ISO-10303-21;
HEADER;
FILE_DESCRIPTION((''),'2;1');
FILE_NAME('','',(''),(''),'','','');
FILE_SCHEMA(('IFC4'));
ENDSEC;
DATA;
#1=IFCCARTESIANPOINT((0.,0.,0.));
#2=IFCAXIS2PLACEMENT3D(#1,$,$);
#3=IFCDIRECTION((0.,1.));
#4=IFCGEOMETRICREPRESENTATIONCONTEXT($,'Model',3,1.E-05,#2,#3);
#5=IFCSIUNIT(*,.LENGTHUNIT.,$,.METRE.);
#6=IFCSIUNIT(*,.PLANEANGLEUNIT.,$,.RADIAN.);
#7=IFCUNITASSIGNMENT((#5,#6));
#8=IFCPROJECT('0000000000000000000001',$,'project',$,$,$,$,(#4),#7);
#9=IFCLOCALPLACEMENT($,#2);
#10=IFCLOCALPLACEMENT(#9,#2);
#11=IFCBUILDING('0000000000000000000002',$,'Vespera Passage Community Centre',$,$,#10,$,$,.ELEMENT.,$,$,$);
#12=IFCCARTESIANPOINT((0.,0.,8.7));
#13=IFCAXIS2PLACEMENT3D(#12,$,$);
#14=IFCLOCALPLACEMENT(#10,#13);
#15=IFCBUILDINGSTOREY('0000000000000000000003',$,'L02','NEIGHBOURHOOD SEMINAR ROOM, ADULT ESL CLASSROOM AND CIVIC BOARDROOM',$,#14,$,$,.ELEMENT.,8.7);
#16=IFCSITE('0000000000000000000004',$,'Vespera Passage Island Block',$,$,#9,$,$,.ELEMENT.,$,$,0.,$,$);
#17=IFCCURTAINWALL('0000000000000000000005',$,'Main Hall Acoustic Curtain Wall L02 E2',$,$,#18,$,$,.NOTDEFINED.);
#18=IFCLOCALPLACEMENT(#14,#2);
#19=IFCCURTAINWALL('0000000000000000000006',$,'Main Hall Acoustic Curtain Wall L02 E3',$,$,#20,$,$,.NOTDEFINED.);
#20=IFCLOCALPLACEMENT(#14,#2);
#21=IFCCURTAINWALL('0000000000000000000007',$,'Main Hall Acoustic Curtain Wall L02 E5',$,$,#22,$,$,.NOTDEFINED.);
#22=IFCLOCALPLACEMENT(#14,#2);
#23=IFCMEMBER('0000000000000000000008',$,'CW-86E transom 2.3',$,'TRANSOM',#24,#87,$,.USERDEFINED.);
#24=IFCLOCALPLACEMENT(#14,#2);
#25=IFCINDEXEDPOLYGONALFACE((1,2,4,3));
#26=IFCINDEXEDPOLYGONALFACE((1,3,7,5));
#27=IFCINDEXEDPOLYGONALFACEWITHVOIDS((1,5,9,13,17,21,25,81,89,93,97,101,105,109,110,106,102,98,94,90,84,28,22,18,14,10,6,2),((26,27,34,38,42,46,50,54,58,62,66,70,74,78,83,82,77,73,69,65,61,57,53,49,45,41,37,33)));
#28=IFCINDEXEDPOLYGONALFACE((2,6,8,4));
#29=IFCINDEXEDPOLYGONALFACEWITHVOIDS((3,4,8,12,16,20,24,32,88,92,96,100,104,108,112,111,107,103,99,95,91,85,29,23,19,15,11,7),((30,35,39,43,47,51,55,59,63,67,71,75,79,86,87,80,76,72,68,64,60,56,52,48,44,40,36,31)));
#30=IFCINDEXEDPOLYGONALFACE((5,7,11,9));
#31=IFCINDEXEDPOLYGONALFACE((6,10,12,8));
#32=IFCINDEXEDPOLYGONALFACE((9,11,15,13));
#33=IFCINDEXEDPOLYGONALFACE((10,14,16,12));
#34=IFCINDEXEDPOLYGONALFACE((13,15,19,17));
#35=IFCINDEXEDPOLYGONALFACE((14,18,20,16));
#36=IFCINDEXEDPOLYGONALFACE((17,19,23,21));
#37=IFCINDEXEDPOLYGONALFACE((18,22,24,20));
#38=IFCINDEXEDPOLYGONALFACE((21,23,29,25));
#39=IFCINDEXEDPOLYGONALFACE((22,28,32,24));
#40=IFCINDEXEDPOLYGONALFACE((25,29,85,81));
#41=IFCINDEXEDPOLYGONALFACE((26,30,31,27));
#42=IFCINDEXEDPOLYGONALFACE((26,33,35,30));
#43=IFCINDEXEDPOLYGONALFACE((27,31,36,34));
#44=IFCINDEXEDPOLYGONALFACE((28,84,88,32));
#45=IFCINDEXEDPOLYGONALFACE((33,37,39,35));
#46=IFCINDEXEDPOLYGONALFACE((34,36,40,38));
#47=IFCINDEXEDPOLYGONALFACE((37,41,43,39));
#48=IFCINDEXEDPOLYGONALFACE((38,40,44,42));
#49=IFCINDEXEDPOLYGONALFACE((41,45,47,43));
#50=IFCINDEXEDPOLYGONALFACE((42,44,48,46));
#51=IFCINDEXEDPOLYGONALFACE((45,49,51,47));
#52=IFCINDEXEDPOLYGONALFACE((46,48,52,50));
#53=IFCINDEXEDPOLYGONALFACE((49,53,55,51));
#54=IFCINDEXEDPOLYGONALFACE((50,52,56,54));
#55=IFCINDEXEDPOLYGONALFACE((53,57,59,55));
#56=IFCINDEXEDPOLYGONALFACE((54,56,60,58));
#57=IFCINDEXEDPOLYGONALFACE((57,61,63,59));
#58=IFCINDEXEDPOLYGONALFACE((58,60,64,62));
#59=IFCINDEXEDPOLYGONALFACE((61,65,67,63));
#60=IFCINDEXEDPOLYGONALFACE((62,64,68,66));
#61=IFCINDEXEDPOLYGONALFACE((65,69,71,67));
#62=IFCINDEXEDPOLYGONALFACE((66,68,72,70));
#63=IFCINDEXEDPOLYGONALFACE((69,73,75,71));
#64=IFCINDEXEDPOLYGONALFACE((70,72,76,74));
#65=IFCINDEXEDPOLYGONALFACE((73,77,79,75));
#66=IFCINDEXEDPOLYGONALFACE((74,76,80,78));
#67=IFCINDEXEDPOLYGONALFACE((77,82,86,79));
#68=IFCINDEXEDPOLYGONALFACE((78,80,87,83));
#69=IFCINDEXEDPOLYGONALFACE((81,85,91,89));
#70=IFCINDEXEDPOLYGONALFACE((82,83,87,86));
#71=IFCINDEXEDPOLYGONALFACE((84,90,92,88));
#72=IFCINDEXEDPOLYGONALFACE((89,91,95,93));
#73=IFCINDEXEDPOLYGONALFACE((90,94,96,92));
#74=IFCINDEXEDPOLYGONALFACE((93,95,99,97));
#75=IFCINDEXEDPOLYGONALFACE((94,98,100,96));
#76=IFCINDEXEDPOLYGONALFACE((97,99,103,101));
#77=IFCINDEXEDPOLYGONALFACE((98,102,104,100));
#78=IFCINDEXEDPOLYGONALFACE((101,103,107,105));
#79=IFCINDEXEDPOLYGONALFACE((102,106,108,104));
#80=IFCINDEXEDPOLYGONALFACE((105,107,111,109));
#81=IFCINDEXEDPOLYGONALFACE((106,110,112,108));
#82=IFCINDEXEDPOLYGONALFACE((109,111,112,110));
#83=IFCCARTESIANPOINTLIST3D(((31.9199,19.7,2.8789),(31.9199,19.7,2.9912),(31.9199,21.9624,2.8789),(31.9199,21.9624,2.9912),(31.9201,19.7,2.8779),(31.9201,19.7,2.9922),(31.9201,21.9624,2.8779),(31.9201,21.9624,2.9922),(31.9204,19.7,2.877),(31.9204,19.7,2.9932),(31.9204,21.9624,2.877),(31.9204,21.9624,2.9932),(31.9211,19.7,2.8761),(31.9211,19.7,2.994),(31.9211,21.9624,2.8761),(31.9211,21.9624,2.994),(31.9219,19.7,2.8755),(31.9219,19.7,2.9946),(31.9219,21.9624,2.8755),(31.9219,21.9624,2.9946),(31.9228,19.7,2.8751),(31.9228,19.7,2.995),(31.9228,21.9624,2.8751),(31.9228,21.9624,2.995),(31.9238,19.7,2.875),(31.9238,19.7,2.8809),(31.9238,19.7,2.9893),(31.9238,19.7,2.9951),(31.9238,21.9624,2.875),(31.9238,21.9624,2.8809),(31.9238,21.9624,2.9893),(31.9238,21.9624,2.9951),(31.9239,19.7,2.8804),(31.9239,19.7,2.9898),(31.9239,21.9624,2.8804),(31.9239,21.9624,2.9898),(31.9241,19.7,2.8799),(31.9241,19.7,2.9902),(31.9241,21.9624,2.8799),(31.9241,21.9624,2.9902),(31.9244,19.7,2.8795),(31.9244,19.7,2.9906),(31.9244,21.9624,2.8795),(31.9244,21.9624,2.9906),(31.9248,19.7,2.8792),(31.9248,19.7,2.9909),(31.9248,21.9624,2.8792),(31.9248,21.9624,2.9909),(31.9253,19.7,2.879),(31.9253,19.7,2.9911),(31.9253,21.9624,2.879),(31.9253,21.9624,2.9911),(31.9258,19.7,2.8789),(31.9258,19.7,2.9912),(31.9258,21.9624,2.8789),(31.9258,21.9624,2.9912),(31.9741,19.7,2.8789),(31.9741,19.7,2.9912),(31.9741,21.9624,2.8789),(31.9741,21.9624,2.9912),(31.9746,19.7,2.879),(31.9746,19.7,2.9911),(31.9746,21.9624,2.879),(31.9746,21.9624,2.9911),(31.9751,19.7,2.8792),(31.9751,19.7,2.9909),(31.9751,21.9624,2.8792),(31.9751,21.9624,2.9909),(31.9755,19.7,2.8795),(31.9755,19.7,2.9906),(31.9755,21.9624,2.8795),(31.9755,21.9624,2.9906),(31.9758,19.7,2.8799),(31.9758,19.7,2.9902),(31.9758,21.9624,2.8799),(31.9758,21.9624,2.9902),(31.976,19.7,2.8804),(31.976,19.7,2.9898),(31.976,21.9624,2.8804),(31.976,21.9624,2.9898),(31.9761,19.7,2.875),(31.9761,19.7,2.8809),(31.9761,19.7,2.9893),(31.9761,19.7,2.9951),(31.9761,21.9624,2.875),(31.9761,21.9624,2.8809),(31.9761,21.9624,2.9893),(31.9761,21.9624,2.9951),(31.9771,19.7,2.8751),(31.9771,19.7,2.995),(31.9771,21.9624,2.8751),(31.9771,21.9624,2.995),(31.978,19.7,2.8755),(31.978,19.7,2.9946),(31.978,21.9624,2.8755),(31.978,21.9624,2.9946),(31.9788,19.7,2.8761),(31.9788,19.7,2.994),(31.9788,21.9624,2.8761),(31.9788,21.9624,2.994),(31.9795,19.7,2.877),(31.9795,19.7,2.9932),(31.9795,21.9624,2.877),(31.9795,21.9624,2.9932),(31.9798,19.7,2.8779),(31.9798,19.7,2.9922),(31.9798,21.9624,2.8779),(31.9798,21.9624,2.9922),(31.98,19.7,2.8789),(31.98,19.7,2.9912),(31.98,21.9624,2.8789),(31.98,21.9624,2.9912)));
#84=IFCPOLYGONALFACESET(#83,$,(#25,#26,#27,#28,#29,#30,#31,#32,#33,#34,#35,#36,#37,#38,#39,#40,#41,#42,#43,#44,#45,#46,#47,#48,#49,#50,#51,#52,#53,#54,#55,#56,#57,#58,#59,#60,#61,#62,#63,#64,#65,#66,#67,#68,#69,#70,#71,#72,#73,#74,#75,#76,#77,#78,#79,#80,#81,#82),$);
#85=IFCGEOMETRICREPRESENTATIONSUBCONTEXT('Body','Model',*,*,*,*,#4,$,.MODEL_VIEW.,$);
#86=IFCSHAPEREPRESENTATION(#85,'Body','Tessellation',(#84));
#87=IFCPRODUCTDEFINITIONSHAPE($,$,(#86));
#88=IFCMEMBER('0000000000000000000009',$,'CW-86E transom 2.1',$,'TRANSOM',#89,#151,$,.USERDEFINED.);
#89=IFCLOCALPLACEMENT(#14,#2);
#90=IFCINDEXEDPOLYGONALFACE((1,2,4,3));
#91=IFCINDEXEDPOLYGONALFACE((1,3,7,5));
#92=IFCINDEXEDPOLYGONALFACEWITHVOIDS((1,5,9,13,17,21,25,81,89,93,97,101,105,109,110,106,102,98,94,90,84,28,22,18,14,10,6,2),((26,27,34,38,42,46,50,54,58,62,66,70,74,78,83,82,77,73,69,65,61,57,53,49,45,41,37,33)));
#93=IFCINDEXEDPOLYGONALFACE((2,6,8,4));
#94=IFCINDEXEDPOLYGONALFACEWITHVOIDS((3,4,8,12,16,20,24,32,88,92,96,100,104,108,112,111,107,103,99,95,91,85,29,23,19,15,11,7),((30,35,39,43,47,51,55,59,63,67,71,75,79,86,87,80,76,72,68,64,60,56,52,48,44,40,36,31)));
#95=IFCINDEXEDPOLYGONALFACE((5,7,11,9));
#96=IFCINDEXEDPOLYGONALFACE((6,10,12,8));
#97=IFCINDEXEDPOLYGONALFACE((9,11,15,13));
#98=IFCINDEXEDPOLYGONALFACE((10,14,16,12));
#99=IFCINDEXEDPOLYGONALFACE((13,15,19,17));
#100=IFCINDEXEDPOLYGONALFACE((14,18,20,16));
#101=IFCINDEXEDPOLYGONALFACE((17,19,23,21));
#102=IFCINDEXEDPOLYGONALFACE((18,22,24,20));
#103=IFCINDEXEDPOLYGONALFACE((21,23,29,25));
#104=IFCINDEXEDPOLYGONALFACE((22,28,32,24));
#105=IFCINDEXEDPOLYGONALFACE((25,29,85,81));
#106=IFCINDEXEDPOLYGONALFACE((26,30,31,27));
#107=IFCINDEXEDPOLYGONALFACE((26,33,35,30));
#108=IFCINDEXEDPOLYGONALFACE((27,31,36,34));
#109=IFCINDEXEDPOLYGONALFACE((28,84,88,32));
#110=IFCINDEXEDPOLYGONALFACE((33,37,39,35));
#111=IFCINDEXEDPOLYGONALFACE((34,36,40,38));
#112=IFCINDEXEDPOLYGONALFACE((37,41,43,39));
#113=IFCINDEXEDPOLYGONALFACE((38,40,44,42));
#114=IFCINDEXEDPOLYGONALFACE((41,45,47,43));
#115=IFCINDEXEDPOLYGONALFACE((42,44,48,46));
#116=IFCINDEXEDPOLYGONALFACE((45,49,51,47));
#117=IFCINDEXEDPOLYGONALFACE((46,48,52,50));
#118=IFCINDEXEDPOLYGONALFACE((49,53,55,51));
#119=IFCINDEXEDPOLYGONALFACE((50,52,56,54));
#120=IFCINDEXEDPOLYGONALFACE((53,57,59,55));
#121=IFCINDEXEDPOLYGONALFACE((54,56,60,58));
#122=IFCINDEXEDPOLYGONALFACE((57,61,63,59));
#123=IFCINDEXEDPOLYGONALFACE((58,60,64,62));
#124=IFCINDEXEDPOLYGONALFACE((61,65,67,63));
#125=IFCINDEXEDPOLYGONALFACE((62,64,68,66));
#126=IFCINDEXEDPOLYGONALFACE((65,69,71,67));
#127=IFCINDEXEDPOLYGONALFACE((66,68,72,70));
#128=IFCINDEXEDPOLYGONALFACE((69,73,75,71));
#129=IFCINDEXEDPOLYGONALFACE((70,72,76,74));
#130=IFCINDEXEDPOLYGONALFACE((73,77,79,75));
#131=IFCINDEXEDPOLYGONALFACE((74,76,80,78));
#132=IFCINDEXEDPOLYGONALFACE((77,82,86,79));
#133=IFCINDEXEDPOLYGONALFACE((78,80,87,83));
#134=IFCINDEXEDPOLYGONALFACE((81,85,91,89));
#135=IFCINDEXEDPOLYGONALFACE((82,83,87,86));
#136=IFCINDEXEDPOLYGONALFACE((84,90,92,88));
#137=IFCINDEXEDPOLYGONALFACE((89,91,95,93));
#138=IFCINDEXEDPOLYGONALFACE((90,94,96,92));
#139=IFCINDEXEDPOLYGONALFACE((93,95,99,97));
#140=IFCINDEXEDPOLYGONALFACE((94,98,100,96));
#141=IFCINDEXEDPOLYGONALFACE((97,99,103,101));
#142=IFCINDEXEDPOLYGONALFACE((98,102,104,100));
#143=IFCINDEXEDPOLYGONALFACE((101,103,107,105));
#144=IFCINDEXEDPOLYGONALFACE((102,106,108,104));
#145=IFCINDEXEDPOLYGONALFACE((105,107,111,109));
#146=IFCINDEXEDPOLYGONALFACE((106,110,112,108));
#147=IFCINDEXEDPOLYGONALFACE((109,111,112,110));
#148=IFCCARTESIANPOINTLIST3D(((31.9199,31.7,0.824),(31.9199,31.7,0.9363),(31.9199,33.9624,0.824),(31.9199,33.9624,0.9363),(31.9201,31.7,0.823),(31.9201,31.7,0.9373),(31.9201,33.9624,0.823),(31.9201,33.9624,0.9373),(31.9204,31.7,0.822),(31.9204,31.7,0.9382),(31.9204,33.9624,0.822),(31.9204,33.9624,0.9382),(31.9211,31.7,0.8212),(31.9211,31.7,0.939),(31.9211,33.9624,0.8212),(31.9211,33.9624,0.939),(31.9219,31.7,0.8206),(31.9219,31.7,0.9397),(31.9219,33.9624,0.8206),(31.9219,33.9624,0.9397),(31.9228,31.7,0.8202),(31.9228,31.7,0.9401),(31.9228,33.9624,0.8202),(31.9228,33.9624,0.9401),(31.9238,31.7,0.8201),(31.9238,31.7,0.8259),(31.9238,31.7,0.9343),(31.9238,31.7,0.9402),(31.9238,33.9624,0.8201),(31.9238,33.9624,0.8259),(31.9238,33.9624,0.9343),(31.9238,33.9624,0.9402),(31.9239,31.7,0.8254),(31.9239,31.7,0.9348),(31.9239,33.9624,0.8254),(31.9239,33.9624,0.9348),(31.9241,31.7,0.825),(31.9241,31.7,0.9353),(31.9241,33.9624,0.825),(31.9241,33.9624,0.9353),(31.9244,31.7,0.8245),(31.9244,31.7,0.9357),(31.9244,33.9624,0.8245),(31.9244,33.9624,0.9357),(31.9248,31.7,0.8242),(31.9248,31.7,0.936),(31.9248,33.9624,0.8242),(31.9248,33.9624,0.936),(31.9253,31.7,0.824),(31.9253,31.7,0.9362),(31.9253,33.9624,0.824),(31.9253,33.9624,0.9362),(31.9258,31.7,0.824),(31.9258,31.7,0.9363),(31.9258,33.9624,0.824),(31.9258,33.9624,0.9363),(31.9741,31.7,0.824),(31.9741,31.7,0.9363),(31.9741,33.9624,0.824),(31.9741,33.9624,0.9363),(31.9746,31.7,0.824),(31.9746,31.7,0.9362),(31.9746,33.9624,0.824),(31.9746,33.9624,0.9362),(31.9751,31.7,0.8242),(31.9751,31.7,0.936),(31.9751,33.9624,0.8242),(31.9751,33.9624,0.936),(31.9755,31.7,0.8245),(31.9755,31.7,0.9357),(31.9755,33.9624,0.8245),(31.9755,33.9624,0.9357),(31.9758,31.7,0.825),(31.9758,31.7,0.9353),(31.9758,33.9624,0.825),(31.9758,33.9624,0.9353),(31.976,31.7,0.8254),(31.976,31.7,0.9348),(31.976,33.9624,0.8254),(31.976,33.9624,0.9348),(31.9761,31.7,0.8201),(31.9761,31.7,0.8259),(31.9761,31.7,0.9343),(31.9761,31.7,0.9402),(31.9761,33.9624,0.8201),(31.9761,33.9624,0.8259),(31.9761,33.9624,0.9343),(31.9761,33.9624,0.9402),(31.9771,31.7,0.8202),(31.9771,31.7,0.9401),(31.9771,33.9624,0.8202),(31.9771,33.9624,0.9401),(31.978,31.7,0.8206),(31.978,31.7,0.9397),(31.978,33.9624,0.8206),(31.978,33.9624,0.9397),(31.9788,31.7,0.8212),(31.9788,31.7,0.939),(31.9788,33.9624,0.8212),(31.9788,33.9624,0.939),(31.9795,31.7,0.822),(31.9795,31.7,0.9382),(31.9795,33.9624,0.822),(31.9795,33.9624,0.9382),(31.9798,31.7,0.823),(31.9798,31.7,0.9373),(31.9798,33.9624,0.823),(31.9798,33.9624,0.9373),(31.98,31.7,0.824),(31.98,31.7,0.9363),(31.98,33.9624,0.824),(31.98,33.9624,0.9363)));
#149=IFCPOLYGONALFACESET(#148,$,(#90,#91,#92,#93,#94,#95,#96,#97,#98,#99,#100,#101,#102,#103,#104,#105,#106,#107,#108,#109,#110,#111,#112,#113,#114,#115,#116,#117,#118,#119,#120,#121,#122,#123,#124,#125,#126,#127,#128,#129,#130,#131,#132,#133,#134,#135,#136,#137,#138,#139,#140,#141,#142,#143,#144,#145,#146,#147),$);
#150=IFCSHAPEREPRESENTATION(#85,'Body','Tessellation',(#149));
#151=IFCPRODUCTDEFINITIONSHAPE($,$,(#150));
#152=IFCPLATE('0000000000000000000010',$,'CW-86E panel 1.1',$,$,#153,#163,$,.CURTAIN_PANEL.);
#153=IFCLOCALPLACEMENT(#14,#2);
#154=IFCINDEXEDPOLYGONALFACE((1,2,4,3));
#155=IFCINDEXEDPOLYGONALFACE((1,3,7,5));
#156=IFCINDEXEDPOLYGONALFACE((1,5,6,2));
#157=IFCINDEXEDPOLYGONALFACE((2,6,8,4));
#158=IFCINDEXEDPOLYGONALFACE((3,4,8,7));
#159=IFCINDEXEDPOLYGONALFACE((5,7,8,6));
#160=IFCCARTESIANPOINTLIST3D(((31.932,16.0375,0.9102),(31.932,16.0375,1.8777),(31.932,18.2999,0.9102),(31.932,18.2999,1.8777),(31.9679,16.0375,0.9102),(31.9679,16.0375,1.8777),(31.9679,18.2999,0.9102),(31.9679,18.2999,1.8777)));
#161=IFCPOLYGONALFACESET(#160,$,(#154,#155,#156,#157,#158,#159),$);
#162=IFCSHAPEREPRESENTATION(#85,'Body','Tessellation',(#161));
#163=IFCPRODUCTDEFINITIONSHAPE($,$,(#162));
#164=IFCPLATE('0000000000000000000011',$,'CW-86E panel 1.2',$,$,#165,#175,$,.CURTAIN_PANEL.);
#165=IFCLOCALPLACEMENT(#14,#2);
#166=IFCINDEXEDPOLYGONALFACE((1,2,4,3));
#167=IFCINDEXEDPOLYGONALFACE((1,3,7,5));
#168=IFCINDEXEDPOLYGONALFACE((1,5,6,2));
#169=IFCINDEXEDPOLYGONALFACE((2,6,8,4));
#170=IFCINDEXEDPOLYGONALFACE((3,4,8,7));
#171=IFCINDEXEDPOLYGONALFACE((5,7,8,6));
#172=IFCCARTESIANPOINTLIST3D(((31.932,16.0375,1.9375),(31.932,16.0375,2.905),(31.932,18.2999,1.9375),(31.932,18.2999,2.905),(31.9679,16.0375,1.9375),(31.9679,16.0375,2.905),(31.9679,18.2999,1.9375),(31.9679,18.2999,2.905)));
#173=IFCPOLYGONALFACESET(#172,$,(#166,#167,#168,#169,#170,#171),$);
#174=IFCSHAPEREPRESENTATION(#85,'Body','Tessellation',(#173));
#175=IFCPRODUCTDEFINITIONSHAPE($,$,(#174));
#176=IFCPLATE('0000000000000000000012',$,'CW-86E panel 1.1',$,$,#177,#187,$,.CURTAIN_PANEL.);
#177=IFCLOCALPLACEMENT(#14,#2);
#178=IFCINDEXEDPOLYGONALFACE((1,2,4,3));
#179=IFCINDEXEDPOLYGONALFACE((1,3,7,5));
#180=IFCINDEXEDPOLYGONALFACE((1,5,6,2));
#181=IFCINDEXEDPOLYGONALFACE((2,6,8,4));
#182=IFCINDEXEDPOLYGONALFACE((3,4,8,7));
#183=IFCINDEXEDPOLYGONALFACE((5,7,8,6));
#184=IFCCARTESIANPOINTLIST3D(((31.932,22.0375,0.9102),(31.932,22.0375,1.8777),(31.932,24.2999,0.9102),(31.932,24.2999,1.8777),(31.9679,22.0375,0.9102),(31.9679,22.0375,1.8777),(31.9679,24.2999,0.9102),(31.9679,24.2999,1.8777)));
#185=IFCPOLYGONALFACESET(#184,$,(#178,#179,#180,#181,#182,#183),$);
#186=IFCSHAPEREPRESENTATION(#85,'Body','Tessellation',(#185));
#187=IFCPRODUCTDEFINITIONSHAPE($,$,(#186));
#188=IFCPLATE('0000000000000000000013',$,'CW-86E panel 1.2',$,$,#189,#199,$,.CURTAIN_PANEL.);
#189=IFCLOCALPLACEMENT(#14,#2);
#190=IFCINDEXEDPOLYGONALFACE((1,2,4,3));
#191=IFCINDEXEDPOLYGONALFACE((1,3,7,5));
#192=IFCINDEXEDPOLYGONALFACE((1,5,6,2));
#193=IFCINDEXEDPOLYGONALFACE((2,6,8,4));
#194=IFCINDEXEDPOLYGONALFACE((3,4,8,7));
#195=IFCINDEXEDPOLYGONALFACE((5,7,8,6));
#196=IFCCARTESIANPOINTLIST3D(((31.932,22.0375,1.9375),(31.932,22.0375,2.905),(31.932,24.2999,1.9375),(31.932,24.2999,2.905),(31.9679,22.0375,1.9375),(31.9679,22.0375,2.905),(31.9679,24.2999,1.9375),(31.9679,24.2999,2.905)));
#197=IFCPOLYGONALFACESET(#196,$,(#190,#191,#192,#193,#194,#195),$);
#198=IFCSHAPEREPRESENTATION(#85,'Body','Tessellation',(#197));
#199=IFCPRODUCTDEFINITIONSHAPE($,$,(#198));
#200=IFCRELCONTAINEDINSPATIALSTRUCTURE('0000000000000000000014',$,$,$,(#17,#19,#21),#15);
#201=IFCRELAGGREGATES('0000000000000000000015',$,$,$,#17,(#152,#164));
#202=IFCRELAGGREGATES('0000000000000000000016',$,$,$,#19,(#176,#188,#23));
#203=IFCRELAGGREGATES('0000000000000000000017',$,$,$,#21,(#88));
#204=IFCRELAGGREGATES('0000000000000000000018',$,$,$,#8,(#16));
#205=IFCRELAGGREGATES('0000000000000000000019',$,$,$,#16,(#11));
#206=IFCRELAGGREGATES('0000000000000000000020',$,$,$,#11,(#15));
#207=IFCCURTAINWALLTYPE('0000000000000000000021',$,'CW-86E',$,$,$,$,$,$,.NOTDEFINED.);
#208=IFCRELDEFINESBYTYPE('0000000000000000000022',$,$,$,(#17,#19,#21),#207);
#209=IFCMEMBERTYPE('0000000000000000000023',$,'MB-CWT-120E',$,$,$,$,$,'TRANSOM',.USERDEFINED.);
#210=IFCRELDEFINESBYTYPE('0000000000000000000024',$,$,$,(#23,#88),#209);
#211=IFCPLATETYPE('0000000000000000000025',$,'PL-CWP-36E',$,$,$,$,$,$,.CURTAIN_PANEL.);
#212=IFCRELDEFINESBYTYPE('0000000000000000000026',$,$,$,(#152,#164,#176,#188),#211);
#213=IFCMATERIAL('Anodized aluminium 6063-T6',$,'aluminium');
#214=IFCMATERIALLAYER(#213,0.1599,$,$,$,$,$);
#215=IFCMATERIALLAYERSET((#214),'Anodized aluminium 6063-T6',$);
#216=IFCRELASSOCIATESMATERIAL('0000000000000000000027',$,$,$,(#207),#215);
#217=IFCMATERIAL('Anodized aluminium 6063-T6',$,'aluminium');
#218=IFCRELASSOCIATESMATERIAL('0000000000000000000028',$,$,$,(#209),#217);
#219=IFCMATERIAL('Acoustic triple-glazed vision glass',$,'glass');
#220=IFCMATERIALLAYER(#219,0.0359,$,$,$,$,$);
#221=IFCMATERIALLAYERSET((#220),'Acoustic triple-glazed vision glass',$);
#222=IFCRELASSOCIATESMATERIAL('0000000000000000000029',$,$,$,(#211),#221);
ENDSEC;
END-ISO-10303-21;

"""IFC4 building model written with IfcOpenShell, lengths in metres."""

from ifc_helpers import new_model, si_unit, direction, frame, origin, origin_2d, place, context, subcontext, project, spatial, rectangle, hollow_rectangle, extrude, material, layer, layer_set, material_profile, profile_set, type_object, element, aggregate, save


model = new_model("IFC4")

# Units and contexts
model_context = context("Model", 3, precision=1e-05, world=origin(), true_north=direction((0.0, 1.0)))
body_context = subcontext(model_context, "Body", "Model", "MODEL_VIEW")
ifc_project = project(units=[si_unit("LENGTHUNIT", "METRE"), si_unit("PLANEANGLEUNIT", "RADIAN")], contexts=[model_context])

# Site, building, storey
site_placement = place(None, origin())
site = spatial("IfcSite", under=ifc_project, at=site_placement, Name="Vespera Passage Island Block", CompositionType="ELEMENT", RefElevation=0.0)
building_placement = place(site_placement, origin())
building = spatial("IfcBuilding", under=site, at=building_placement, Name="Vespera Passage Community Centre", CompositionType="ELEMENT")
storey_placement = place(building_placement, frame((0.0, 0.0, 8.7)))
storey = spatial("IfcBuildingStorey", under=building, at=storey_placement, Name="L02", Description="NEIGHBOURHOOD SEMINAR ROOM, ADULT ESL CLASSROOM AND CIVIC BOARDROOM", CompositionType="ELEMENT", Elevation=8.7)

# Curtain wall
ifc_material_1 = material(Name="Anodized aluminium 6063-T6", Category="aluminium")
ifc_layer_1 = layer(ifc_material_1, 0.1599)
ifc_layer_set_1 = layer_set([ifc_layer_1], Name="Anodized aluminium 6063-T6")
curtain_wall_type = type_object("IfcCurtainWallType", Name="CW-86E", PredefinedType="NOTDEFINED", material=ifc_layer_set_1)
curtain_wall_1_placement = place(storey_placement, origin())
curtain_wall_1 = element("IfcCurtainWall", 1, at=curtain_wall_1_placement, inside=storey, type_object=curtain_wall_type, Name="Main Hall Acoustic Curtain Wall L02 E2", PredefinedType="NOTDEFINED")

# Curtain wall
curtain_wall_2_placement = place(storey_placement, origin())
curtain_wall_2 = element("IfcCurtainWall", 2, at=curtain_wall_2_placement, inside=storey, type_object=curtain_wall_type, Name="Main Hall Acoustic Curtain Wall L02 E3", PredefinedType="NOTDEFINED")

# Curtain wall
curtain_wall_3_placement = place(storey_placement, origin())
curtain_wall_3 = element("IfcCurtainWall", 3, at=curtain_wall_3_placement, inside=storey, type_object=curtain_wall_type, Name="Main Hall Acoustic Curtain Wall L02 E5", PredefinedType="NOTDEFINED")

# Members
ifc_material_2 = material(Name="Anodized aluminium 6063-T6", Category="aluminium")
ifc_material_profile_1 = material_profile(ifc_material_2, hollow_rectangle(XDim=0.0601, YDim=0.1201, WallThickness=0.0039, InnerFilletRadius=0.002, OuterFilletRadius=0.0039, at=origin_2d()), Name="ALU120X60X4")
ifc_profile_set_1 = profile_set([ifc_material_profile_1], Name="Anodized aluminium 6063-T6")
member_type_1 = type_object("IfcMemberType", Name="MB-CWT-120E", ElementType="TRANSOM", PredefinedType="USERDEFINED", material=ifc_profile_set_1)
member_1_placement = place(storey_placement, frame((31.95, 21.9624, 2.9351), z_axis=(0.0, -1.0, 0.0), x_axis=(1.0, 0.0, 0.0)))
member_1 = element("IfcMember", 4, at=member_1_placement, type_object=member_type_1, Name="CW-86E transom 2.3", ObjectType="TRANSOM", PredefinedType="USERDEFINED", context=body_context, shape_type="SweptSolid", body=[
    extrude(hollow_rectangle(XDim=0.0601, YDim=0.1201, WallThickness=0.0039, InnerFilletRadius=0.002, OuterFilletRadius=0.0039, at=origin_2d()), origin(), (0.0, 0.0, 1.0), 2.2625),
])
member_2_placement = place(storey_placement, frame((31.95, 33.9624, 0.8801), z_axis=(0.0, -1.0, 0.0), x_axis=(1.0, 0.0, 0.0)))
member_2 = element("IfcMember", 5, at=member_2_placement, type_object=member_type_1, Name="CW-86E transom 2.1", ObjectType="TRANSOM", PredefinedType="USERDEFINED", context=body_context, shape_type="SweptSolid", body=[
    extrude(hollow_rectangle(XDim=0.0601, YDim=0.1201, WallThickness=0.0039, InnerFilletRadius=0.002, OuterFilletRadius=0.0039, at=origin_2d()), origin(), (0.0, 0.0, 1.0), 2.2625),
])

# Plates
ifc_material_3 = material(Name="Acoustic triple-glazed vision glass", Category="glass")
ifc_layer_2 = layer(ifc_material_3, 0.0359)
ifc_layer_set_2 = layer_set([ifc_layer_2], Name="Acoustic triple-glazed vision glass")
plate_type = type_object("IfcPlateType", Name="PL-CWP-36E", PredefinedType="CURTAIN_PANEL", material=ifc_layer_set_2)
plate_1_placement = place(storey_placement, frame((31.95, 17.1687, 0.9102), z_axis=(0.0, 0.0, 1.0), x_axis=(0.0, -1.0, 0.0)))
plate_1 = element("IfcPlate", 6, at=plate_1_placement, type_object=plate_type, Name="CW-86E panel 1.1", PredefinedType="CURTAIN_PANEL", context=body_context, shape_type="SweptSolid", body=[
    extrude(rectangle(XDim=2.2625, YDim=0.0359, at=origin_2d()), origin(), (0.0, 0.0, 1.0), 0.9675),
])
plate_2_placement = place(storey_placement, frame((31.95, 17.1687, 1.9375), z_axis=(0.0, 0.0, 1.0), x_axis=(0.0, -1.0, 0.0)))
plate_2 = element("IfcPlate", 7, at=plate_2_placement, type_object=plate_type, Name="CW-86E panel 1.2", PredefinedType="CURTAIN_PANEL", context=body_context, shape_type="SweptSolid", body=[
    extrude(rectangle(XDim=2.2625, YDim=0.0359, at=origin_2d()), origin(), (0.0, 0.0, 1.0), 0.9675),
])
aggregate(curtain_wall_1, [plate_1, plate_2])
plate_3_placement = place(storey_placement, frame((31.95, 23.1687, 0.9102), z_axis=(0.0, 0.0, 1.0), x_axis=(0.0, -1.0, 0.0)))
plate_3 = element("IfcPlate", 8, at=plate_3_placement, type_object=plate_type, Name="CW-86E panel 1.1", PredefinedType="CURTAIN_PANEL", context=body_context, shape_type="SweptSolid", body=[
    extrude(rectangle(XDim=2.2625, YDim=0.0359, at=origin_2d()), origin(), (0.0, 0.0, 1.0), 0.9675),
])
plate_4_placement = place(storey_placement, frame((31.95, 23.1687, 1.9375), z_axis=(0.0, 0.0, 1.0), x_axis=(0.0, -1.0, 0.0)))
plate_4 = element("IfcPlate", 9, at=plate_4_placement, type_object=plate_type, Name="CW-86E panel 1.2", PredefinedType="CURTAIN_PANEL", context=body_context, shape_type="SweptSolid", body=[
    extrude(rectangle(XDim=2.2625, YDim=0.0359, at=origin_2d()), origin(), (0.0, 0.0, 1.0), 0.9675),
])
aggregate(curtain_wall_2, [plate_3, plate_4, member_1])

aggregate(curtain_wall_3, [member_2])

save(model, "model.ifc")
